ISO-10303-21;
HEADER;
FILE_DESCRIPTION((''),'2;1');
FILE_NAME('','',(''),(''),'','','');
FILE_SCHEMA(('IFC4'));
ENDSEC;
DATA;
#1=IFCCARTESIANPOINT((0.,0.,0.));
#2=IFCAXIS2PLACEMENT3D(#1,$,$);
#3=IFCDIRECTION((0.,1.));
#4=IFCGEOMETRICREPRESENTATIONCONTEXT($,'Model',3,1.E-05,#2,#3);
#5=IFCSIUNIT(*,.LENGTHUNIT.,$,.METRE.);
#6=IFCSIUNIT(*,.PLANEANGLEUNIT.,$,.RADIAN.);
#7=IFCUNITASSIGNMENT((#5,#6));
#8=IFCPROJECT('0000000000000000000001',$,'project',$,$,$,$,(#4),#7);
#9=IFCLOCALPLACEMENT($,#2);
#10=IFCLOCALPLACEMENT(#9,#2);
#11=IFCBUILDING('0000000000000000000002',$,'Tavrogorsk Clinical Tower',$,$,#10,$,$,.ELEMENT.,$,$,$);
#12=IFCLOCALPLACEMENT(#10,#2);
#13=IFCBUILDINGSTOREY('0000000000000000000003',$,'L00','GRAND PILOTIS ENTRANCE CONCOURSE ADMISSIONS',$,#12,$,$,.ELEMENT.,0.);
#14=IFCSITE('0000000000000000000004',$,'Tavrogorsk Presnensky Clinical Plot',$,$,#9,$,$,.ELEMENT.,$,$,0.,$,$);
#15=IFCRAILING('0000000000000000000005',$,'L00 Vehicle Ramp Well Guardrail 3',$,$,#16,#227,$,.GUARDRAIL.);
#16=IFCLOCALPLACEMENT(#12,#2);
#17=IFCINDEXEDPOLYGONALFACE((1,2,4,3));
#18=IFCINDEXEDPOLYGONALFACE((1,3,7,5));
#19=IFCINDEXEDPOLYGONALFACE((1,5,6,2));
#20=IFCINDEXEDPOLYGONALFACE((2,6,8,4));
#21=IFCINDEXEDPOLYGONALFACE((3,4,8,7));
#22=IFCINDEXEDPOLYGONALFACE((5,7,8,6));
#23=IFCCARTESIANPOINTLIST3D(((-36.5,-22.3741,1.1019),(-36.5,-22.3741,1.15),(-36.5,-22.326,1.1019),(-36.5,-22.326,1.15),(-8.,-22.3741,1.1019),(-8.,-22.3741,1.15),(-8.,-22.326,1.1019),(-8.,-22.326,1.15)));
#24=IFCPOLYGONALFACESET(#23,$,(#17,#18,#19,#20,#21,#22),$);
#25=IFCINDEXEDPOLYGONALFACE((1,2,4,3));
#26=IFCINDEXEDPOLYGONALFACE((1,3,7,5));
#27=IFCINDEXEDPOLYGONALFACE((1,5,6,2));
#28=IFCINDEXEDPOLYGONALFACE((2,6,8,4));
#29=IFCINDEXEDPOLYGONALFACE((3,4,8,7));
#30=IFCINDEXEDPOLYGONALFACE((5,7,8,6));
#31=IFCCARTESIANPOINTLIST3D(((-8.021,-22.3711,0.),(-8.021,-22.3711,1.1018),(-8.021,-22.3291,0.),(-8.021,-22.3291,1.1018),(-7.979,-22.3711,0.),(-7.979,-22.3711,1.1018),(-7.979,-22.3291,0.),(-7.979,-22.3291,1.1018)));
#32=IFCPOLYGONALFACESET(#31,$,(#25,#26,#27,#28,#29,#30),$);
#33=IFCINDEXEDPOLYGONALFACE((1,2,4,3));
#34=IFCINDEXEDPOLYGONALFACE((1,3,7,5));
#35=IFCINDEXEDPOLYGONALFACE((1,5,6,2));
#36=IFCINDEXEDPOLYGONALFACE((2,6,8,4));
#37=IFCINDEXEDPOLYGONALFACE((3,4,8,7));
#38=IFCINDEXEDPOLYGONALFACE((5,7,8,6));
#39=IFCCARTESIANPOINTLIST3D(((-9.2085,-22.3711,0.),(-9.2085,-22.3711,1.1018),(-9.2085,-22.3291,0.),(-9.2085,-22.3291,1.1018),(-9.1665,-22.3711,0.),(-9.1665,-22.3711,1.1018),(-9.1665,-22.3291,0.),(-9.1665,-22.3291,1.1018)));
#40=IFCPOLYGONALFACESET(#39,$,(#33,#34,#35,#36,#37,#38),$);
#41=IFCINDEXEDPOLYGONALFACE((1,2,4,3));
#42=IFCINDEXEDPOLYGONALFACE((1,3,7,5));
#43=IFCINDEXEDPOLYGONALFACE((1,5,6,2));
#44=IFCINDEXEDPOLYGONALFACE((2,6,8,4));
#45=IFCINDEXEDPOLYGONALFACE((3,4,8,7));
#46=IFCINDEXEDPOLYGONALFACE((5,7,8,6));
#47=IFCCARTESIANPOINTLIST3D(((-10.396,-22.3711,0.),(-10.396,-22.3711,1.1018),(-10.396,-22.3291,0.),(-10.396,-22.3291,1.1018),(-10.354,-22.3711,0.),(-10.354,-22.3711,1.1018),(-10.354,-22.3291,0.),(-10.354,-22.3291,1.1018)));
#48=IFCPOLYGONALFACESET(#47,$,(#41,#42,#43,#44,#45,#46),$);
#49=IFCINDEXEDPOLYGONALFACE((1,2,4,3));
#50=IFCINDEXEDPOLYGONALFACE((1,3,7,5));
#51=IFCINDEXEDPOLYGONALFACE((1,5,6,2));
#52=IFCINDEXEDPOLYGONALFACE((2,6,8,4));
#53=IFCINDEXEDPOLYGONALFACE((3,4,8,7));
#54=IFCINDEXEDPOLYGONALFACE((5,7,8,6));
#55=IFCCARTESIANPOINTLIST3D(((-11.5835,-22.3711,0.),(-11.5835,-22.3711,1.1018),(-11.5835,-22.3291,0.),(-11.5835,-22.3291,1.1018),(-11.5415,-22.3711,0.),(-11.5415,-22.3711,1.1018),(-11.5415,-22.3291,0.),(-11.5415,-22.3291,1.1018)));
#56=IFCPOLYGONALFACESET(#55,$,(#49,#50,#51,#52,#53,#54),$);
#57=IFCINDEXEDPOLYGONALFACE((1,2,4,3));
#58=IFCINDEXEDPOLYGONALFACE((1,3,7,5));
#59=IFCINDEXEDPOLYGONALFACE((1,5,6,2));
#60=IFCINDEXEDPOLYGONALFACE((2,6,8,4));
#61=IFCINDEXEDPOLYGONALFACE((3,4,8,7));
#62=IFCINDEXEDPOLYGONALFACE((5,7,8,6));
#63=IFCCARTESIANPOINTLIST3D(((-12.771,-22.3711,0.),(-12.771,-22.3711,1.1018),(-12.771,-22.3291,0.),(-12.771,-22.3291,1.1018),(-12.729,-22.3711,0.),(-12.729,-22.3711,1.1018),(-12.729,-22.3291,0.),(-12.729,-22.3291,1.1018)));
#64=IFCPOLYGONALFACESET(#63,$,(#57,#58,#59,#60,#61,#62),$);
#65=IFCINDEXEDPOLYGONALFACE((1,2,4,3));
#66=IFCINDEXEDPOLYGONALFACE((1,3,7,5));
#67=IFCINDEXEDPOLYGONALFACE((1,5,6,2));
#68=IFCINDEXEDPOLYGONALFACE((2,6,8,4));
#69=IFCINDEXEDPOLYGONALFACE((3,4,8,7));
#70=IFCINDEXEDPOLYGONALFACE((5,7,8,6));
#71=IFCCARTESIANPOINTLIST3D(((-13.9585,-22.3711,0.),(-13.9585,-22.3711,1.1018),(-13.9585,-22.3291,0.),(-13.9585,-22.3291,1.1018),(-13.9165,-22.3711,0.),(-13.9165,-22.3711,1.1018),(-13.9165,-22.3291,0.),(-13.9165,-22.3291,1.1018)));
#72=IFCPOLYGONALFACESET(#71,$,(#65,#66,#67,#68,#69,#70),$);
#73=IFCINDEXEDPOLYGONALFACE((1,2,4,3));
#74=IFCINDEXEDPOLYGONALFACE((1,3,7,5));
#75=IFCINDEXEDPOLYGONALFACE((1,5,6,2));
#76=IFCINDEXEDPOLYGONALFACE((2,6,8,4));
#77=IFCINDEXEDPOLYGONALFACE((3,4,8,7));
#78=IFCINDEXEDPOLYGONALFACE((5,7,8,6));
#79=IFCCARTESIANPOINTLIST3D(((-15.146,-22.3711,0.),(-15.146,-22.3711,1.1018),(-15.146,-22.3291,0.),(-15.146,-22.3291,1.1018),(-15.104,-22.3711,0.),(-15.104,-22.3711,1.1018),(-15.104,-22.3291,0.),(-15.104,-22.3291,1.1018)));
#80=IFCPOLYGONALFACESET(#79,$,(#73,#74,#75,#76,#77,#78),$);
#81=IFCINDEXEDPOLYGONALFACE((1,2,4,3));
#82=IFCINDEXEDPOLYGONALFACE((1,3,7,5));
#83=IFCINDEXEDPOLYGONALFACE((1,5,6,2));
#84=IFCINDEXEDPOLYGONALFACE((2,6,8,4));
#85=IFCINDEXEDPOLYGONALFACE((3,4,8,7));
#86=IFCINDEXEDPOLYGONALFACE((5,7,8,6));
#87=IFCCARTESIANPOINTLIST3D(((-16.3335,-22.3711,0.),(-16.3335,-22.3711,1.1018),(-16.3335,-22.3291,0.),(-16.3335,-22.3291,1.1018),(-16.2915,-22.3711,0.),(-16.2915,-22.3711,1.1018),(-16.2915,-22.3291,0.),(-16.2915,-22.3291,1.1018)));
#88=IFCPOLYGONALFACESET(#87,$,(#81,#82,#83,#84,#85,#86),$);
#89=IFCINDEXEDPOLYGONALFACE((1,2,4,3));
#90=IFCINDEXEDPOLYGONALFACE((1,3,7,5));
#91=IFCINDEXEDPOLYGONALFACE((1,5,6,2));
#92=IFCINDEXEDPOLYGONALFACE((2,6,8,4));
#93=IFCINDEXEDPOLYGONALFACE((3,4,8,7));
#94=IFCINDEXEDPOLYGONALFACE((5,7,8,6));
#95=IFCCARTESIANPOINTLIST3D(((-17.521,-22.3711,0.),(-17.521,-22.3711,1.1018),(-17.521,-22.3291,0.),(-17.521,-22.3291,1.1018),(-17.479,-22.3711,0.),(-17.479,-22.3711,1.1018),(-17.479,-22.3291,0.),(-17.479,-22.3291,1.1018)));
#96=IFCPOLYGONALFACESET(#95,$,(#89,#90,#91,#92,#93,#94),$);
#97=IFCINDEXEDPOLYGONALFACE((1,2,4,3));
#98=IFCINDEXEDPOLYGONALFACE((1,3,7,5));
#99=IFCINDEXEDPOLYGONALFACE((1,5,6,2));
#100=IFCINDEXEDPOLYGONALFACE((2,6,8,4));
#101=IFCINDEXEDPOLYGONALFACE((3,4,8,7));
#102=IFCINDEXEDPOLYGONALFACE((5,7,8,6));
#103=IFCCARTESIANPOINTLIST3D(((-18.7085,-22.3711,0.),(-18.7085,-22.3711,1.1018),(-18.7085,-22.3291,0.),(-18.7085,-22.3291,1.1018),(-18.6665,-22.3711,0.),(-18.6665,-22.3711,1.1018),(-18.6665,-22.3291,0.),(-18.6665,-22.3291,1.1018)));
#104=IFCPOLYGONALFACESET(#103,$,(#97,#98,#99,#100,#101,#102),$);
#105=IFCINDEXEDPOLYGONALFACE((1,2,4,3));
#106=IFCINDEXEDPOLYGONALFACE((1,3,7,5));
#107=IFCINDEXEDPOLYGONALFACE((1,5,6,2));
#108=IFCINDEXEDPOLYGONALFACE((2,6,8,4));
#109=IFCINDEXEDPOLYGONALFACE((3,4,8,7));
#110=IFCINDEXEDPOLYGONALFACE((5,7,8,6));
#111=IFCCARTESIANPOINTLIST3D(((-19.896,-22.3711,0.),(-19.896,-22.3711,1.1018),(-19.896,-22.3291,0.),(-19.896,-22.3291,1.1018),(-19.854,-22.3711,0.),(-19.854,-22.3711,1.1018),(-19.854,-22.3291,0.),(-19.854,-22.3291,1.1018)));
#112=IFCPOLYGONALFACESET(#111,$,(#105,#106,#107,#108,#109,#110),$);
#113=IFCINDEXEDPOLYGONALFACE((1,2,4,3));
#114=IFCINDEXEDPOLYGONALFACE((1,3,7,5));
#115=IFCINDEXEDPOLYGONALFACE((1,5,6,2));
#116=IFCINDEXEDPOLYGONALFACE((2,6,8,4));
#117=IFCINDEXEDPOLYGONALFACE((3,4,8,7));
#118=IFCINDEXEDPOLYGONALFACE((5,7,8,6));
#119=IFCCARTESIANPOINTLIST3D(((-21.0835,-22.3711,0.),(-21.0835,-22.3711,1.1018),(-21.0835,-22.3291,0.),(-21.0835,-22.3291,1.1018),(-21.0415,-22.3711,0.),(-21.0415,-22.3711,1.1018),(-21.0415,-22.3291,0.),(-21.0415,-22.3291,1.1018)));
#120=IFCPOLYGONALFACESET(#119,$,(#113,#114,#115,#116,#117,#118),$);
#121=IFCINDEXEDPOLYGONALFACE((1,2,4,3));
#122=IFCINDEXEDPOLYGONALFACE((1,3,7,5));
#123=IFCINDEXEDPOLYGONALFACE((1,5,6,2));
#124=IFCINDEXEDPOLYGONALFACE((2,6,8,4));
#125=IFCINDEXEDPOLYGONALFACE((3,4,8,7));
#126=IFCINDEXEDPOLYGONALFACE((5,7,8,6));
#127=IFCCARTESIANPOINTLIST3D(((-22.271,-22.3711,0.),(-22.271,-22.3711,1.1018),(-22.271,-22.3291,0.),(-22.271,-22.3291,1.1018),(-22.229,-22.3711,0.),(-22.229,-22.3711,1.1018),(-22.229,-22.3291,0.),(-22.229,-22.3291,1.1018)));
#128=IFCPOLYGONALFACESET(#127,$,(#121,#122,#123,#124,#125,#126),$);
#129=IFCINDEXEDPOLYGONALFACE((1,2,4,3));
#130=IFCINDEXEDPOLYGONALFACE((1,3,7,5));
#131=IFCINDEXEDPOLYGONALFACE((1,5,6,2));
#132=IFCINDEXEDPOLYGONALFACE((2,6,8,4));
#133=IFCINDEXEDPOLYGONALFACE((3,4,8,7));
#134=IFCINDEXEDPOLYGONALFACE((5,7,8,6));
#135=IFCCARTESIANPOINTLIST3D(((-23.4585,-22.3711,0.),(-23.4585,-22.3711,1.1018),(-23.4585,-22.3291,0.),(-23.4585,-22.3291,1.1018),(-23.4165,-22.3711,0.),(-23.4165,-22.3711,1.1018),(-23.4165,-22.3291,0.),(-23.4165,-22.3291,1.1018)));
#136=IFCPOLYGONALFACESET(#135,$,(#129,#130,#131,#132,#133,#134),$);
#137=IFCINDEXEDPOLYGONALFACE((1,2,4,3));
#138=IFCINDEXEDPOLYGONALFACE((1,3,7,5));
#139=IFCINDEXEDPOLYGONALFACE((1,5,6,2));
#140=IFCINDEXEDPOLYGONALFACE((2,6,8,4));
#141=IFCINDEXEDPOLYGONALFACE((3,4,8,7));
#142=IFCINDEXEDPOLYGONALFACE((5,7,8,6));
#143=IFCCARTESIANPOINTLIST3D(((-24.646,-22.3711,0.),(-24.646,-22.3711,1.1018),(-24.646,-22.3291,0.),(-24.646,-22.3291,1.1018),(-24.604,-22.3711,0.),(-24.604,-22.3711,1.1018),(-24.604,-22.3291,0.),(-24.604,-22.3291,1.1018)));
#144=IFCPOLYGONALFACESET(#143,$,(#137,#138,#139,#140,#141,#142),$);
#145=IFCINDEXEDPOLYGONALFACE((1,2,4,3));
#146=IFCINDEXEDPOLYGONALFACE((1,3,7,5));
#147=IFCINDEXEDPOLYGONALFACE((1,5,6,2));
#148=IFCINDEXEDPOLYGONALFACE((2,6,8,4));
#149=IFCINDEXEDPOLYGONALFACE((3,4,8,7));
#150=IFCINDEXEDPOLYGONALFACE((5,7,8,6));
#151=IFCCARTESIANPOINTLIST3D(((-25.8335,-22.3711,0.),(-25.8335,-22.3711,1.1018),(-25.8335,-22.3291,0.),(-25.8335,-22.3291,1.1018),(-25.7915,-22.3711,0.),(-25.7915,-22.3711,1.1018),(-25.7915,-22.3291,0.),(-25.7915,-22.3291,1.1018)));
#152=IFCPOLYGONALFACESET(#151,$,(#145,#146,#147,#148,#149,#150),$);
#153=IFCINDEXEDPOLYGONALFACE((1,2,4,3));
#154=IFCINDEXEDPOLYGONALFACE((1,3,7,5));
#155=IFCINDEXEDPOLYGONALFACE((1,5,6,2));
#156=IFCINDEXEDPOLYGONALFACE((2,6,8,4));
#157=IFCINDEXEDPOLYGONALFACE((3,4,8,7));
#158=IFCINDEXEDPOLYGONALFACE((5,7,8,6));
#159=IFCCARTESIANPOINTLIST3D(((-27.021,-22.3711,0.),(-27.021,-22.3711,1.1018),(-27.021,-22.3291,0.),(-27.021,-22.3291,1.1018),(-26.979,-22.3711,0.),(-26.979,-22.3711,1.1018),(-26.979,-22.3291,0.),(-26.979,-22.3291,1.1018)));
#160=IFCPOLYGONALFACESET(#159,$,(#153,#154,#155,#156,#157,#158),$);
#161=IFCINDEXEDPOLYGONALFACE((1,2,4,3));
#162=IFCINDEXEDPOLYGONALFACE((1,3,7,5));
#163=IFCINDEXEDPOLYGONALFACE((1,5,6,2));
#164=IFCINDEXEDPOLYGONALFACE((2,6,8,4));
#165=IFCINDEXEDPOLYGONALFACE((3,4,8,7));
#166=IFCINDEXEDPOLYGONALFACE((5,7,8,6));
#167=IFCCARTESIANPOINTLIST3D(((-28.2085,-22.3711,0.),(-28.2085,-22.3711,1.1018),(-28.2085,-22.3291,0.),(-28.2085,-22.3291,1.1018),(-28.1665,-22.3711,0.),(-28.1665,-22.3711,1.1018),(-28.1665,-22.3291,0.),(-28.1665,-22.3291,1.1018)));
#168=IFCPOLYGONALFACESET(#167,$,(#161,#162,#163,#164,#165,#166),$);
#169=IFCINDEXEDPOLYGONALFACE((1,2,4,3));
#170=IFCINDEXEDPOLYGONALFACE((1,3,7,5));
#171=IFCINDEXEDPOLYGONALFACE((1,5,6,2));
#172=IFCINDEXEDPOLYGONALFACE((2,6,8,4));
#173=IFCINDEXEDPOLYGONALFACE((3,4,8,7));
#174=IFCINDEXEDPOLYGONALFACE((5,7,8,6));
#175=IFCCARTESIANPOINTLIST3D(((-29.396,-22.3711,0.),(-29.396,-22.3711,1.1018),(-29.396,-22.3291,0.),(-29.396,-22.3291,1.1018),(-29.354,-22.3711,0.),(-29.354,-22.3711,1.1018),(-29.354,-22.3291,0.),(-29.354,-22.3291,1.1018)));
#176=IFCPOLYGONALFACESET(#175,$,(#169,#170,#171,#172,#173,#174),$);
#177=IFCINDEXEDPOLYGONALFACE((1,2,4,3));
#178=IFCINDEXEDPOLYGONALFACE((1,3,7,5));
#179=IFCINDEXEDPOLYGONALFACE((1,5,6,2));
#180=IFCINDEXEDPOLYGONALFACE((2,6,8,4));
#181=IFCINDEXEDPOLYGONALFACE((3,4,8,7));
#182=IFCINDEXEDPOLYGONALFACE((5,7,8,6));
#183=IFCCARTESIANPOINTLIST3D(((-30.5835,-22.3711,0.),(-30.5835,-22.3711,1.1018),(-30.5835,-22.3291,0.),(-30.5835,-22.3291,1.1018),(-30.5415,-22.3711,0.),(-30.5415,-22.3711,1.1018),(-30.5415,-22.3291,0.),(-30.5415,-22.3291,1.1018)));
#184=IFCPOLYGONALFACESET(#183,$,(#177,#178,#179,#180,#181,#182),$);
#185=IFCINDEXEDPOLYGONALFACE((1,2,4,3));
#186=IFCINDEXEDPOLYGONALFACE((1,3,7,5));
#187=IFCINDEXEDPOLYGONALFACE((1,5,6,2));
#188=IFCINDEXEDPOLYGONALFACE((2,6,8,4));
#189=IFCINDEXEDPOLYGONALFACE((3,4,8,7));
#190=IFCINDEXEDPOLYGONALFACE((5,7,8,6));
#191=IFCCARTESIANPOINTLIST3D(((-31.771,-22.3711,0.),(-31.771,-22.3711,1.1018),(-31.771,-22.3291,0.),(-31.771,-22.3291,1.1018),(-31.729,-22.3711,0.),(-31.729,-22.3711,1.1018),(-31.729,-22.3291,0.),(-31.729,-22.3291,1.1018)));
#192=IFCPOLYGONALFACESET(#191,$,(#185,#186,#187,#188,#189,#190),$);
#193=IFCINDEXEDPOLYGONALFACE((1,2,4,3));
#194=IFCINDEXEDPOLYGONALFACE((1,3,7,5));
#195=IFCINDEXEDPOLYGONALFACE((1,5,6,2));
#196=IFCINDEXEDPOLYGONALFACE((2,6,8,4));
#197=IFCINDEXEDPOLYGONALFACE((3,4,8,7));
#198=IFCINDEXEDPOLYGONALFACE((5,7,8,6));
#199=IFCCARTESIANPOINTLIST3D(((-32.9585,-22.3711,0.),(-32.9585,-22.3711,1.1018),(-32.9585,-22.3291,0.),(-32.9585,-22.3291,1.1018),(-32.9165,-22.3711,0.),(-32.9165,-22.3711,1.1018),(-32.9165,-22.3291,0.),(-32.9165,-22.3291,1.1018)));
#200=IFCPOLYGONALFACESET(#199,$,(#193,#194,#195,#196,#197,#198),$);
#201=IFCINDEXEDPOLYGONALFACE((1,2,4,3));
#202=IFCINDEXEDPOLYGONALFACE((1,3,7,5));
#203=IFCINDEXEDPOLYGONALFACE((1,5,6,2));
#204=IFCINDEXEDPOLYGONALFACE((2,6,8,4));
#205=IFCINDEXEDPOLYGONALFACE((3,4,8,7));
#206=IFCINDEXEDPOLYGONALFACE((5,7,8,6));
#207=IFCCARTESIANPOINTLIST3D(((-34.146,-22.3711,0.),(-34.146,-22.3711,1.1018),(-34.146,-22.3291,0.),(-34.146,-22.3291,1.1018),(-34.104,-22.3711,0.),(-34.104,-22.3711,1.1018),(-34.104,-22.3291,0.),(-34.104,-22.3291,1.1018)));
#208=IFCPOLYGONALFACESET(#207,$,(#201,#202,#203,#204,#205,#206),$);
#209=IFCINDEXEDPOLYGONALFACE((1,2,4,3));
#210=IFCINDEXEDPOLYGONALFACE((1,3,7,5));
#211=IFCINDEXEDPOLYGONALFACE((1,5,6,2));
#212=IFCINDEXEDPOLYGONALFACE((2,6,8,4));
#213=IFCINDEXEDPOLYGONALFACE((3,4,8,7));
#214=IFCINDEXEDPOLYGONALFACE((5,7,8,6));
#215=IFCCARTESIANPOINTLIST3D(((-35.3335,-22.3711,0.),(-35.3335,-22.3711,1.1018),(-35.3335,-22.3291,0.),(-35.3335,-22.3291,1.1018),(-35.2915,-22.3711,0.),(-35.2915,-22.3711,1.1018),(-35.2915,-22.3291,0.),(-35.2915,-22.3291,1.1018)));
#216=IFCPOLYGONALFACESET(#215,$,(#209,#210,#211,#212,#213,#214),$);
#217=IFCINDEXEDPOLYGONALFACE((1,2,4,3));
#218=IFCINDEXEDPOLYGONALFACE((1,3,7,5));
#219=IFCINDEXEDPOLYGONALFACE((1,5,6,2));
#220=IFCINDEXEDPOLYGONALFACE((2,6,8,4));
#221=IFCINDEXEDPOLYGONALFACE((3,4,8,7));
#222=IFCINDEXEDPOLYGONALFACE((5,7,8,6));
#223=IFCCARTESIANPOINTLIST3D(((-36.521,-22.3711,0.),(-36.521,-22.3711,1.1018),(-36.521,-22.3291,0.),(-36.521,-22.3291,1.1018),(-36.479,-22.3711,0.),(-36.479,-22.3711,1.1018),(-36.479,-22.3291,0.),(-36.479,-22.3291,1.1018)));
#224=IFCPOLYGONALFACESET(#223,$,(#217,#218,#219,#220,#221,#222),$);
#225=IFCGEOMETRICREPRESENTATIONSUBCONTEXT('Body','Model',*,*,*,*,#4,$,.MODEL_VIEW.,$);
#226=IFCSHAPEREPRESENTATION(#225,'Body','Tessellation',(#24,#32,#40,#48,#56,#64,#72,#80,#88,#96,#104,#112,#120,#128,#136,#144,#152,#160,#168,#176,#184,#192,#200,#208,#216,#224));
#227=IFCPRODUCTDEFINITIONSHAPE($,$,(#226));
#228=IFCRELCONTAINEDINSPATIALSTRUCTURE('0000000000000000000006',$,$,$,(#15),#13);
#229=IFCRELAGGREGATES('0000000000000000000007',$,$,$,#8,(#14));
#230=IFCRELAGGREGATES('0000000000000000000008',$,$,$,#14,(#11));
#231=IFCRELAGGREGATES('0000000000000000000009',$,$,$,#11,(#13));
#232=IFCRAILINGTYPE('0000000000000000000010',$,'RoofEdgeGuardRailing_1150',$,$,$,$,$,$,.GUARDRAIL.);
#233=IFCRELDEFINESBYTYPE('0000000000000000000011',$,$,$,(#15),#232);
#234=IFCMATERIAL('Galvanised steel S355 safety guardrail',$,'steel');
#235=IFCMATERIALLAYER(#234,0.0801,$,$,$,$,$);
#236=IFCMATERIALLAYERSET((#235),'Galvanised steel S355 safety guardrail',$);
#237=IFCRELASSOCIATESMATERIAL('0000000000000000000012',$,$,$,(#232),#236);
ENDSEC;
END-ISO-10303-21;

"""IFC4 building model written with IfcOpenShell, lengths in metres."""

from ifc_helpers import new_model, si_unit, direction, frame, origin, origin_2d, place, context, subcontext, project, spatial, rectangle, extrude, material, layer, layer_set, type_object, element, save


model = new_model("IFC4")

# Units and contexts
model_context = context("Model", 3, precision=1e-05, world=origin(), true_north=direction((0.0, 1.0)))
body_context = subcontext(model_context, "Body", "Model", "MODEL_VIEW")
ifc_project = project(units=[si_unit("LENGTHUNIT", "METRE"), si_unit("PLANEANGLEUNIT", "RADIAN")], contexts=[model_context])

# Site, building, storey
site_placement = place(None, origin())
site = spatial("IfcSite", under=ifc_project, at=site_placement, Name="Tavrogorsk Presnensky Clinical Plot", CompositionType="ELEMENT", RefElevation=0.0)
building_placement = place(site_placement, origin())
building = spatial("IfcBuilding", under=site, at=building_placement, Name="Tavrogorsk Clinical Tower", CompositionType="ELEMENT")
storey_placement = place(building_placement, origin())
storey = spatial("IfcBuildingStorey", under=building, at=storey_placement, Name="L00", Description="GRAND PILOTIS ENTRANCE CONCOURSE ADMISSIONS", CompositionType="ELEMENT", Elevation=0.0)

# Railing
ifc_material_1 = material(Name="Galvanised steel S355 safety guardrail", Category="steel")
ifc_layer_1 = layer(ifc_material_1, 0.0801)
ifc_layer_set_1 = layer_set([ifc_layer_1], Name="Galvanised steel S355 safety guardrail")
railing_type = type_object("IfcRailingType", Name="RoofEdgeGuardRailing_1150", PredefinedType="GUARDRAIL", material=ifc_layer_set_1)
railing_placement = place(storey_placement, frame((-8.0, -22.3501, 0.0)))
element("IfcRailing", 1, at=railing_placement, inside=storey, type_object=railing_type, Name="L00 Vehicle Ramp Well Guardrail 3", PredefinedType="GUARDRAIL", context=body_context, shape_type="SweptSolid", body=[
    extrude(rectangle(XDim=0.0481, YDim=0.0481, at=origin_2d()), frame((0.0, 0.0, 1.126), z_axis=(-1.0, 0.0, 0.0), x_axis=(0.0, -1.0, 0.0)), (0.0, 0.0, 1.0), 28.5),
    extrude(rectangle(XDim=0.042, YDim=0.042, at=origin_2d()), origin(), (0.0, 0.0, 1.0), 1.1018),
    extrude(rectangle(XDim=0.042, YDim=0.042, at=origin_2d()), frame((-1.1875, 0.0, 0.0)), (0.0, 0.0, 1.0), 1.1018),
    extrude(rectangle(XDim=0.042, YDim=0.042, at=origin_2d()), frame((-2.375, 0.0, 0.0)), (0.0, 0.0, 1.0), 1.1018),
    extrude(rectangle(XDim=0.042, YDim=0.042, at=origin_2d()), frame((-3.5625, 0.0, 0.0)), (0.0, 0.0, 1.0), 1.1018),
    extrude(rectangle(XDim=0.042, YDim=0.042, at=origin_2d()), frame((-4.75, 0.0, 0.0)), (0.0, 0.0, 1.0), 1.1018),
    extrude(rectangle(XDim=0.042, YDim=0.042, at=origin_2d()), frame((-5.9375, 0.0, 0.0)), (0.0, 0.0, 1.0), 1.1018),
    extrude(rectangle(XDim=0.042, YDim=0.042, at=origin_2d()), frame((-7.125, 0.0, 0.0)), (0.0, 0.0, 1.0), 1.1018),
    extrude(rectangle(XDim=0.042, YDim=0.042, at=origin_2d()), frame((-8.3125, 0.0, 0.0)), (0.0, 0.0, 1.0), 1.1018),
    extrude(rectangle(XDim=0.042, YDim=0.042, at=origin_2d()), frame((-9.5, 0.0, 0.0)), (0.0, 0.0, 1.0), 1.1018),
    extrude(rectangle(XDim=0.042, YDim=0.042, at=origin_2d()), frame((-10.6875, 0.0, 0.0)), (0.0, 0.0, 1.0), 1.1018),
    extrude(rectangle(XDim=0.042, YDim=0.042, at=origin_2d()), frame((-11.875, 0.0, 0.0)), (0.0, 0.0, 1.0), 1.1018),
    extrude(rectangle(XDim=0.042, YDim=0.042, at=origin_2d()), frame((-13.0625, 0.0, 0.0)), (0.0, 0.0, 1.0), 1.1018),
    extrude(rectangle(XDim=0.042, YDim=0.042, at=origin_2d()), frame((-14.25, 0.0, 0.0)), (0.0, 0.0, 1.0), 1.1018),
    extrude(rectangle(XDim=0.042, YDim=0.042, at=origin_2d()), frame((-15.4375, 0.0, 0.0)), (0.0, 0.0, 1.0), 1.1018),
    extrude(rectangle(XDim=0.042, YDim=0.042, at=origin_2d()), frame((-16.625, 0.0, 0.0)), (0.0, 0.0, 1.0), 1.1018),
    extrude(rectangle(XDim=0.042, YDim=0.042, at=origin_2d()), frame((-17.8125, 0.0, 0.0)), (0.0, 0.0, 1.0), 1.1018),
    extrude(rectangle(XDim=0.042, YDim=0.042, at=origin_2d()), frame((-19.0, 0.0, 0.0)), (0.0, 0.0, 1.0), 1.1018),
    extrude(rectangle(XDim=0.042, YDim=0.042, at=origin_2d()), frame((-20.1875, 0.0, 0.0)), (0.0, 0.0, 1.0), 1.1018),
    extrude(rectangle(XDim=0.042, YDim=0.042, at=origin_2d()), frame((-21.375, 0.0, 0.0)), (0.0, 0.0, 1.0), 1.1018),
    extrude(rectangle(XDim=0.042, YDim=0.042, at=origin_2d()), frame((-22.5625, 0.0, 0.0)), (0.0, 0.0, 1.0), 1.1018),
    extrude(rectangle(XDim=0.042, YDim=0.042, at=origin_2d()), frame((-23.75, 0.0, 0.0)), (0.0, 0.0, 1.0), 1.1018),
    extrude(rectangle(XDim=0.042, YDim=0.042, at=origin_2d()), frame((-24.9375, 0.0, 0.0)), (0.0, 0.0, 1.0), 1.1018),
    extrude(rectangle(XDim=0.042, YDim=0.042, at=origin_2d()), frame((-26.125, 0.0, 0.0)), (0.0, 0.0, 1.0), 1.1018),
    extrude(rectangle(XDim=0.042, YDim=0.042, at=origin_2d()), frame((-27.3125, 0.0, 0.0)), (0.0, 0.0, 1.0), 1.1018),
    extrude(rectangle(XDim=0.042, YDim=0.042, at=origin_2d()), frame((-28.5, 0.0, 0.0)), (0.0, 0.0, 1.0), 1.1018),
])

save(model, "model.ifc")
